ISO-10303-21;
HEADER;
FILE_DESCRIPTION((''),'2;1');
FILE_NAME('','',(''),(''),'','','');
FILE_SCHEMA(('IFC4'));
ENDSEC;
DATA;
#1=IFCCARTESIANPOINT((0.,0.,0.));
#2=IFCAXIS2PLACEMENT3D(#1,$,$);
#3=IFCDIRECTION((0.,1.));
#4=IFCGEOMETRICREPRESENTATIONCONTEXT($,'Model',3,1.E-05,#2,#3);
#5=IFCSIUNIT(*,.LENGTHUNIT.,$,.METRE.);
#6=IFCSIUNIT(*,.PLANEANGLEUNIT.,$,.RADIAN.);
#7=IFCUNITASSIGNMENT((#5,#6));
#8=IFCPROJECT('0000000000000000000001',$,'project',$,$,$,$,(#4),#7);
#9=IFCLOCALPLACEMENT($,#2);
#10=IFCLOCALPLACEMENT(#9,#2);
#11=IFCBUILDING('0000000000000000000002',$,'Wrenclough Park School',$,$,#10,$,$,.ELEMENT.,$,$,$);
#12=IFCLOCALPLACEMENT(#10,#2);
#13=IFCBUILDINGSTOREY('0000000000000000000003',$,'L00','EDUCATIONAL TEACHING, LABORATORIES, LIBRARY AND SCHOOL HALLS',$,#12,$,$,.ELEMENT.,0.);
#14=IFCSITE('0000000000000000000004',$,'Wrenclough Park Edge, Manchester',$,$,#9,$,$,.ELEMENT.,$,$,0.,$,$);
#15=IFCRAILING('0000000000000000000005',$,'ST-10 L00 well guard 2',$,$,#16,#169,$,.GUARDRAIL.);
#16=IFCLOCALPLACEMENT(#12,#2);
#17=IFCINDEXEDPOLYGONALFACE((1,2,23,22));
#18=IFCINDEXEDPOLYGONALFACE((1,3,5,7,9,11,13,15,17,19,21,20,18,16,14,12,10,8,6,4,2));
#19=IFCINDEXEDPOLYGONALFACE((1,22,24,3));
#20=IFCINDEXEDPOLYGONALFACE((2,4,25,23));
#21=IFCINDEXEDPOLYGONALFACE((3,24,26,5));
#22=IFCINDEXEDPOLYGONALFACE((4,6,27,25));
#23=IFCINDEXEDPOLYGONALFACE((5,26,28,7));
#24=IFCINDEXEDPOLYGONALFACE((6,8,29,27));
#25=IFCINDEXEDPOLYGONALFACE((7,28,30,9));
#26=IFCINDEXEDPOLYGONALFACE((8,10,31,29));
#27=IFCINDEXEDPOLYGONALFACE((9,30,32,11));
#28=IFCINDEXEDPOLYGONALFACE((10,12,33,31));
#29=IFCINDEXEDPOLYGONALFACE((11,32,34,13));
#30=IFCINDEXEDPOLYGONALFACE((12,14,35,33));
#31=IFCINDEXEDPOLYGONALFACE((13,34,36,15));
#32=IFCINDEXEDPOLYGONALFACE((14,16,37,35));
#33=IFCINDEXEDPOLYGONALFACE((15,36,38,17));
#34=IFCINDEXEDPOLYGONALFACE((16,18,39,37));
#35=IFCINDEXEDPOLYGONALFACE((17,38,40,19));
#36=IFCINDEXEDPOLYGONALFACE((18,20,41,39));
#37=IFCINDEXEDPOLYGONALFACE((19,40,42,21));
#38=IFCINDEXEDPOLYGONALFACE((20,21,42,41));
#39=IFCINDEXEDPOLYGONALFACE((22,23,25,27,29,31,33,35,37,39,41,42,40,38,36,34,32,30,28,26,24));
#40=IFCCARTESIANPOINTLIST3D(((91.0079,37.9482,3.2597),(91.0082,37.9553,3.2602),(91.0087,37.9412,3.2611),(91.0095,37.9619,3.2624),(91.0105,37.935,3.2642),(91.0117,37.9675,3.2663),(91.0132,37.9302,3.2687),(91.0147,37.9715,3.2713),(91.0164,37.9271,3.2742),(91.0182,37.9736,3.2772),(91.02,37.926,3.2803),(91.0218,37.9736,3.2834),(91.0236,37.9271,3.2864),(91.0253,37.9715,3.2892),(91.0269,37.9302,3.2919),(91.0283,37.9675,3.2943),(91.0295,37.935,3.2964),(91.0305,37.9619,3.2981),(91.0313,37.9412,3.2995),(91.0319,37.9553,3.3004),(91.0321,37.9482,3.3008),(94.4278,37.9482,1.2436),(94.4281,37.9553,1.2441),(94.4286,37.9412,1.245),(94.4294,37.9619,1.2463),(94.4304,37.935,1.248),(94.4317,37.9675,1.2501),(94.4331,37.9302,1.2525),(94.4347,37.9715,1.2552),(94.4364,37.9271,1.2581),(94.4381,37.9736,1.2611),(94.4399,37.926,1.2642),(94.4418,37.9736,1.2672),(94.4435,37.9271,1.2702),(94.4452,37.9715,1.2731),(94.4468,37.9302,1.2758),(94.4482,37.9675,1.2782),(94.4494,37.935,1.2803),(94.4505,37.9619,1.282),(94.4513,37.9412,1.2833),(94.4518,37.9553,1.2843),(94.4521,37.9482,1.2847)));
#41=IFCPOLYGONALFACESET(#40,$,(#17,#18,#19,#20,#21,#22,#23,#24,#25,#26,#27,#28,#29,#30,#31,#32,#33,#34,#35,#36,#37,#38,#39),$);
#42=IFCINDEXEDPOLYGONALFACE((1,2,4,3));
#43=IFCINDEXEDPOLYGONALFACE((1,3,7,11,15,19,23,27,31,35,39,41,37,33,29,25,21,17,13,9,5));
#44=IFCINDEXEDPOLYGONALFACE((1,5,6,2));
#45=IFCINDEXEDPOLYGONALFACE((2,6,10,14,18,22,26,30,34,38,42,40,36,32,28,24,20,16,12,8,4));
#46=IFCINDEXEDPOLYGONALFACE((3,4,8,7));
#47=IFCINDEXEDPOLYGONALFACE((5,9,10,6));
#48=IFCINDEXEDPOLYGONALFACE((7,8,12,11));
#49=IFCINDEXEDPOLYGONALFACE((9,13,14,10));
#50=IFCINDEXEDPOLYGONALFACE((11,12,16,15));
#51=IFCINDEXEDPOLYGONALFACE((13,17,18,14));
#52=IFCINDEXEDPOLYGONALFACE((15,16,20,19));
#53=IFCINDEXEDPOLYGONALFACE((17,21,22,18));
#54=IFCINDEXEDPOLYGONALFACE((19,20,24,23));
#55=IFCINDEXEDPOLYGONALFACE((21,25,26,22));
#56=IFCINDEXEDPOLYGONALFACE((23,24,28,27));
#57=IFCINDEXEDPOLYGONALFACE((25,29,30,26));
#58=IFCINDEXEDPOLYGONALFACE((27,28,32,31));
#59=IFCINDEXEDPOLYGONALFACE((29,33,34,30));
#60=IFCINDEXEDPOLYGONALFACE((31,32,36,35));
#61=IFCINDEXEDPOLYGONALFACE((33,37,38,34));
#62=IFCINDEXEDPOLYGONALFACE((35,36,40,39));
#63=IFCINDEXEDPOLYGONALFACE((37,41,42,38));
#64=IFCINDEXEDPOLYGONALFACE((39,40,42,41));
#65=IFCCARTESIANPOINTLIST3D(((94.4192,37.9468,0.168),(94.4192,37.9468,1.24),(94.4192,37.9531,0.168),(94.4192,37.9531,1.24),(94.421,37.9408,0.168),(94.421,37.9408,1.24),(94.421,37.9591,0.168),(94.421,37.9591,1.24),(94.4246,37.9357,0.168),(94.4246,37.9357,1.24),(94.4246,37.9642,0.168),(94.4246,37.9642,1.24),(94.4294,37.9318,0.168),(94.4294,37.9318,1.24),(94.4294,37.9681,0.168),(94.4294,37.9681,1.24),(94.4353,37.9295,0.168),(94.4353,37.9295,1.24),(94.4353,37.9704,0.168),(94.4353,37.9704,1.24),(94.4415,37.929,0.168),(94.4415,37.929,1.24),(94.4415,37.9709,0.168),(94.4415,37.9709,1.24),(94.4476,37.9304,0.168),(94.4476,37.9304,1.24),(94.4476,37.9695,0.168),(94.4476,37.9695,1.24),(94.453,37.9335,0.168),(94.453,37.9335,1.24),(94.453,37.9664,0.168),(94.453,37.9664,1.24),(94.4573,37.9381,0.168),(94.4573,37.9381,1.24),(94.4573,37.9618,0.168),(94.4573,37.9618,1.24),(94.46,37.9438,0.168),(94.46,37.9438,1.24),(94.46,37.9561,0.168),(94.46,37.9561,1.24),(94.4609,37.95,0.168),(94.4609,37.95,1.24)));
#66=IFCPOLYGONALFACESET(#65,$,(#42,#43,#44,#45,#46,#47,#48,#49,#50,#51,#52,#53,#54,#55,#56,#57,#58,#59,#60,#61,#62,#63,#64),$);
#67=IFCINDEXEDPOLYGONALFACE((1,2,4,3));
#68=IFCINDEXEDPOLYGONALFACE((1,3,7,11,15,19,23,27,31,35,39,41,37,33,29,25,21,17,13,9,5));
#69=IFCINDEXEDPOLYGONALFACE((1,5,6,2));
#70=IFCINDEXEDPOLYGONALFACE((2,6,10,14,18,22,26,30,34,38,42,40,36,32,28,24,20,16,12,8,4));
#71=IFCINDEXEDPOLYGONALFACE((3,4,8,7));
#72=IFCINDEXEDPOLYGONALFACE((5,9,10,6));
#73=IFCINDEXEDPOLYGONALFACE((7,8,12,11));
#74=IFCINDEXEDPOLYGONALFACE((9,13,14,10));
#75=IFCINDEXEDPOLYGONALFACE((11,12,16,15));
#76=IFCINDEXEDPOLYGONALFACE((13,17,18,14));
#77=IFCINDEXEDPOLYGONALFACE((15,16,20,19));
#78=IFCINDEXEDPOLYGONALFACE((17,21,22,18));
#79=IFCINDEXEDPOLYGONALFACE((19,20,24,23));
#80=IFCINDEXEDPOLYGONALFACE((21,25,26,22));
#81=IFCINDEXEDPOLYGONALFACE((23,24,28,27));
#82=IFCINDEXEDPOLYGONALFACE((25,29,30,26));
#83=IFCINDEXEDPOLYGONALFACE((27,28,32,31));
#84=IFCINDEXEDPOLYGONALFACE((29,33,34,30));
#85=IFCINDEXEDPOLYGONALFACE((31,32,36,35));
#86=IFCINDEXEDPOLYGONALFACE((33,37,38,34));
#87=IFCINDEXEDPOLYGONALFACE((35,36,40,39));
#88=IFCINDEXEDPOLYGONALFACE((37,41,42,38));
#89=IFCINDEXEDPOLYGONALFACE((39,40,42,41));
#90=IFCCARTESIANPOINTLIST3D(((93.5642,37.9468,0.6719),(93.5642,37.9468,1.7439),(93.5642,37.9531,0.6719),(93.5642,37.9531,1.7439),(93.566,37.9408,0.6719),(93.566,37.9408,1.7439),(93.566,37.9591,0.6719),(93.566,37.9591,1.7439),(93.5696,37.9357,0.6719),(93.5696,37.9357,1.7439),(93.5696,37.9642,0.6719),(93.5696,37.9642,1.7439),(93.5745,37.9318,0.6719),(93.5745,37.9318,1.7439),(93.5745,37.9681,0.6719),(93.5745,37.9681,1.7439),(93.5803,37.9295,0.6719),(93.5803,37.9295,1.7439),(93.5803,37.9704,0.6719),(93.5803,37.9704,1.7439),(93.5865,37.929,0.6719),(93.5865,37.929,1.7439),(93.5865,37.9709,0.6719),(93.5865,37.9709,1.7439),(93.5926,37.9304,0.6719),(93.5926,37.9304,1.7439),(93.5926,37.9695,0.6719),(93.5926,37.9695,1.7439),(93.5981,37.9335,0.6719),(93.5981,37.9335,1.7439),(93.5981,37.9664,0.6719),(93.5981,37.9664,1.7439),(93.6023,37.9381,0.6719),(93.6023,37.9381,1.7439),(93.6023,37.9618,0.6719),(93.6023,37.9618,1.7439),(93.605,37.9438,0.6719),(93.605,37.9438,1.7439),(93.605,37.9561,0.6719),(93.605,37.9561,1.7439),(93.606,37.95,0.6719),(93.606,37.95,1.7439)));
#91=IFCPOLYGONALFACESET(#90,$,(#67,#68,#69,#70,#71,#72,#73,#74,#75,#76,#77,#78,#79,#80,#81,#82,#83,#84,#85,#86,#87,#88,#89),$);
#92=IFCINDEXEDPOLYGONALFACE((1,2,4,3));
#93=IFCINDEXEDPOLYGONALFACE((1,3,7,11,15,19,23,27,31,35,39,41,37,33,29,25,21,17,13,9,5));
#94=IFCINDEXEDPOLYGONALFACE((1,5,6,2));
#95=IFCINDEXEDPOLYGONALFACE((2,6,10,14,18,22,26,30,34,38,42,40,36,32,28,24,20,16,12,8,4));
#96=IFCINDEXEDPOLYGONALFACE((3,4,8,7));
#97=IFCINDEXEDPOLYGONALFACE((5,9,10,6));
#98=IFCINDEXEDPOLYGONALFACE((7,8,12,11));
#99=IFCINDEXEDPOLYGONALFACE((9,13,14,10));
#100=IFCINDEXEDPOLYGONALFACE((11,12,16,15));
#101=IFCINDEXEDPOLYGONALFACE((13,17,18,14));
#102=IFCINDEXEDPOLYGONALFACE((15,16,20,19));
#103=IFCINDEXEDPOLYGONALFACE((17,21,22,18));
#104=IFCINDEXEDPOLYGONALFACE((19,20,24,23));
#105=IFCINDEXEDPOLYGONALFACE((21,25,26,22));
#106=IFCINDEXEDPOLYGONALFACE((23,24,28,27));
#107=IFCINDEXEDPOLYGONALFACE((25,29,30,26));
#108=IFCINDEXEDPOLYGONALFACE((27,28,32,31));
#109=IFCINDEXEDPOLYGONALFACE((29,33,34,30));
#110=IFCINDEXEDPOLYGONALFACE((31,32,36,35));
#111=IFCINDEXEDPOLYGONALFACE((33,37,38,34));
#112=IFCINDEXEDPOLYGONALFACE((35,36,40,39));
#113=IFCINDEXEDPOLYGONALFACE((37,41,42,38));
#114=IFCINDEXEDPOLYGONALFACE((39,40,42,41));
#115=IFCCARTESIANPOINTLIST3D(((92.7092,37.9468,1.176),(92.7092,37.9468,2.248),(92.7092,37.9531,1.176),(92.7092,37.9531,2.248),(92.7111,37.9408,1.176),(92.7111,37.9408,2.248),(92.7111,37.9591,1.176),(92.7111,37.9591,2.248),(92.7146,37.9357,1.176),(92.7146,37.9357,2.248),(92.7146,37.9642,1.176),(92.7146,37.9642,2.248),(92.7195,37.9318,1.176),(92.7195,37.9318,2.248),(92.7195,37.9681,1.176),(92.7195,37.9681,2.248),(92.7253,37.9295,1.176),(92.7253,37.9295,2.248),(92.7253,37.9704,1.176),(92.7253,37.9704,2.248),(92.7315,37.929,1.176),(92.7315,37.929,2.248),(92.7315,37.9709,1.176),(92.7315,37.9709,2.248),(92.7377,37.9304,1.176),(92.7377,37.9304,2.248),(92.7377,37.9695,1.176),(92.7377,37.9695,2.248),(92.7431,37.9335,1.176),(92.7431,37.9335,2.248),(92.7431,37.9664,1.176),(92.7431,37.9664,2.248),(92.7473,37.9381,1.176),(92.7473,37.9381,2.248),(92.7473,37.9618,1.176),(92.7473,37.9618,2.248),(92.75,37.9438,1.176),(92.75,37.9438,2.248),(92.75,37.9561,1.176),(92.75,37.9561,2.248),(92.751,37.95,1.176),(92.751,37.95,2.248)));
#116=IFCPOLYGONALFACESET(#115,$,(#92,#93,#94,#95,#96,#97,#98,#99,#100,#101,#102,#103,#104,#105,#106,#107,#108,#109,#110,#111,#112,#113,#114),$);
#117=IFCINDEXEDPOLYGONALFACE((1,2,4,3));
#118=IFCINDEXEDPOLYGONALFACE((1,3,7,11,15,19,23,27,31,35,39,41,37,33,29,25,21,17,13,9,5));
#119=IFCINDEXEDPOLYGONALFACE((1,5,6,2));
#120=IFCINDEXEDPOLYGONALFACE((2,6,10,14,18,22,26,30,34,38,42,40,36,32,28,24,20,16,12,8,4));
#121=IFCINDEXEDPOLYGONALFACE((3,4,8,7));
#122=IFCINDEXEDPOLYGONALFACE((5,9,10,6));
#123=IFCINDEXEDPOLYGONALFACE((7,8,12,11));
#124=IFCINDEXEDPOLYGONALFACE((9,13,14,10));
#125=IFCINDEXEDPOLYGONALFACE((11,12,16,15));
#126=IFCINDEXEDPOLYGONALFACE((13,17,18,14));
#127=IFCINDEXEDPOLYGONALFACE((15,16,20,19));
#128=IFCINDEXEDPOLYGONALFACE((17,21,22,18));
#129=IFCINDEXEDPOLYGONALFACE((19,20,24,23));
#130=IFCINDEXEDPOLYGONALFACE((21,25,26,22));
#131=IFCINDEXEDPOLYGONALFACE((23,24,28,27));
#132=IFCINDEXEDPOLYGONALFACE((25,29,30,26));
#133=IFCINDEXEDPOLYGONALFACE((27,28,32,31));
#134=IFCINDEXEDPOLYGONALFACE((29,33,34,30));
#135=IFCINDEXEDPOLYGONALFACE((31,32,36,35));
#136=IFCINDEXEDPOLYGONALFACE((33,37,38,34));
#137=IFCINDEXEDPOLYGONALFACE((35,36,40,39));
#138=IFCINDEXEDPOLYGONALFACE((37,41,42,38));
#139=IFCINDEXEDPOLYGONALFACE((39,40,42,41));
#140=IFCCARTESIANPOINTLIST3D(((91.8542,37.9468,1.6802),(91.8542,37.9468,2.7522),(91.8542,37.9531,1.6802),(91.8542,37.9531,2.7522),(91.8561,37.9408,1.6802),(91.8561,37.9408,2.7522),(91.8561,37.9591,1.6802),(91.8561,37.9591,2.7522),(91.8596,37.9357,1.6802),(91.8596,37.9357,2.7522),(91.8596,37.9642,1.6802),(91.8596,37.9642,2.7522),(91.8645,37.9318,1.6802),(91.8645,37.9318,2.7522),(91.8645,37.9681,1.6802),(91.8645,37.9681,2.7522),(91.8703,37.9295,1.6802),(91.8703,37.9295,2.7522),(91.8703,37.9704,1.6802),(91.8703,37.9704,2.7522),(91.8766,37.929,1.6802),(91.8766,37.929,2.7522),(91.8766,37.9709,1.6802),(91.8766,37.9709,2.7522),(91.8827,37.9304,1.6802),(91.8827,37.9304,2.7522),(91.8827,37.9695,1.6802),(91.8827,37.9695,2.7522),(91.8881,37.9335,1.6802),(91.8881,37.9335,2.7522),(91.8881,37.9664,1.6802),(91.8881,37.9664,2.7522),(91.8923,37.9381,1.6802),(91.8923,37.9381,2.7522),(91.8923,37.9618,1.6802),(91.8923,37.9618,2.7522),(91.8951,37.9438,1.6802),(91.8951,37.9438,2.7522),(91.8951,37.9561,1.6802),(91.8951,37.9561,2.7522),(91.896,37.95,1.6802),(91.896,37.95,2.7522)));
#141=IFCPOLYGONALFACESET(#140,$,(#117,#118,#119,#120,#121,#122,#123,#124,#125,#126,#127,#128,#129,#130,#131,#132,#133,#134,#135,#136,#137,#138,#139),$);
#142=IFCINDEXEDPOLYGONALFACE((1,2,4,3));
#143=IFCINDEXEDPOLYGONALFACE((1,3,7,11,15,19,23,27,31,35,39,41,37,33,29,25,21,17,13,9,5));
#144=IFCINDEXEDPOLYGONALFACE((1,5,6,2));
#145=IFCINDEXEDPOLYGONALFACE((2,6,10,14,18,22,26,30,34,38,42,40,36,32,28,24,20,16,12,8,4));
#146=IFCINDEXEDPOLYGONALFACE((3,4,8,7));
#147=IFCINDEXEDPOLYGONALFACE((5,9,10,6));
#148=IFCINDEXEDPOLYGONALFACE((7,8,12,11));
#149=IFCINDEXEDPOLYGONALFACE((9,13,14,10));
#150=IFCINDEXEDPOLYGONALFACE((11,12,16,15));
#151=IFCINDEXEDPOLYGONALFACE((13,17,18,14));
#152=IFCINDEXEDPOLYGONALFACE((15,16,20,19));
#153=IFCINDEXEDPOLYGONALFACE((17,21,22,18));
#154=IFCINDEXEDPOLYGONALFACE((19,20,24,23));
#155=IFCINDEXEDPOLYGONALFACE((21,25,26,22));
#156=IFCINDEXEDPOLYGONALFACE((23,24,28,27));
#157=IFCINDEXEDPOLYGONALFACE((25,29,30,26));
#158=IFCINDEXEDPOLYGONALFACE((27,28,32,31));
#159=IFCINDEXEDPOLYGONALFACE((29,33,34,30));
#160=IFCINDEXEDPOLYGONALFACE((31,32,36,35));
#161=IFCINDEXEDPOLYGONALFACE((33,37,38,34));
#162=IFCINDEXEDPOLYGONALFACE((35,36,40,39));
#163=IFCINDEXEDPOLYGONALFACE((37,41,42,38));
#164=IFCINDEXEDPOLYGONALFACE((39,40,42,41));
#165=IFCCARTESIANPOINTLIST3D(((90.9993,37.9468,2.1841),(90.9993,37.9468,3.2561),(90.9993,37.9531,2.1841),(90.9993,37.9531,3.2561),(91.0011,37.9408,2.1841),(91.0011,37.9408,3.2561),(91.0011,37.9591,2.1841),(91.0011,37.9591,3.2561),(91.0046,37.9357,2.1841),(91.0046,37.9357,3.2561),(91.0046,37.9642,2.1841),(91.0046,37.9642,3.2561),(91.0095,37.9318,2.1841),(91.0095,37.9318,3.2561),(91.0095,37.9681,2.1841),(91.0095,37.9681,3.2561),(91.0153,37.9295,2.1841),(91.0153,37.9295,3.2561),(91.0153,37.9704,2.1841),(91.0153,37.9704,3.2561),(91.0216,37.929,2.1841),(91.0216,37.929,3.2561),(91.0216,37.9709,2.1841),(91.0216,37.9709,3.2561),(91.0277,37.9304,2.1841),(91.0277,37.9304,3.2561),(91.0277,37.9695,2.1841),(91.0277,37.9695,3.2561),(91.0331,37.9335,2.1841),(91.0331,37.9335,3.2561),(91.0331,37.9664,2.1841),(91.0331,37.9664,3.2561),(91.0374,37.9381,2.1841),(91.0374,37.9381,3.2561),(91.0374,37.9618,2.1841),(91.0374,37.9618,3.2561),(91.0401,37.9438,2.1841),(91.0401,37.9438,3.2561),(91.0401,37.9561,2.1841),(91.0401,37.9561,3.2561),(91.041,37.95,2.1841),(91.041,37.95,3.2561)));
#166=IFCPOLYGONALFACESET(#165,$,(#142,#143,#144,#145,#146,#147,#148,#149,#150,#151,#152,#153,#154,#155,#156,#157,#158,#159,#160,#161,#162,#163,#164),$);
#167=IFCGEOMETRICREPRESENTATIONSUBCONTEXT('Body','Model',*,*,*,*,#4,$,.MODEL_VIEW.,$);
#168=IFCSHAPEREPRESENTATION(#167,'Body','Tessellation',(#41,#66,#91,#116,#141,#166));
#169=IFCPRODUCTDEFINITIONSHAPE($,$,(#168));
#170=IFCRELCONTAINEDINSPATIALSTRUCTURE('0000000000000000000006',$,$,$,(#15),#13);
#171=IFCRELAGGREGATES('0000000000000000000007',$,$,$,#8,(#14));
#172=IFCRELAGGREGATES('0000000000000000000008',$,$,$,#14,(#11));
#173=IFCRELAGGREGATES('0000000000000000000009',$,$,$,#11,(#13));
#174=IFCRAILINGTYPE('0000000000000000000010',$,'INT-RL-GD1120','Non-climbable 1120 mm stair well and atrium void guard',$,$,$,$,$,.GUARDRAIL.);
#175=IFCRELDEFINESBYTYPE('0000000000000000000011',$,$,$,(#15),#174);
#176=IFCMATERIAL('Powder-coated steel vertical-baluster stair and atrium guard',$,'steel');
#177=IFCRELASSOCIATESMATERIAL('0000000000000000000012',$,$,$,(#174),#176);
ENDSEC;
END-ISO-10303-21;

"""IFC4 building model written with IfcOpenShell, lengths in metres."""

from ifc_helpers import new_model, si_unit, direction, frame, origin, origin_2d, place, context, subcontext, project, spatial, circle, extrude, material, type_object, element, save


model = new_model("IFC4")

# Units and contexts
model_context = context("Model", 3, precision=1e-05, world=origin(), true_north=direction((0.0, 1.0)))
body_context = subcontext(model_context, "Body", "Model", "MODEL_VIEW")
ifc_project = project(units=[si_unit("LENGTHUNIT", "METRE"), si_unit("PLANEANGLEUNIT", "RADIAN")], contexts=[model_context])

# Site, building, storey
site_placement = place(None, origin())
site = spatial("IfcSite", under=ifc_project, at=site_placement, Name="Wrenclough Park Edge, Manchester", CompositionType="ELEMENT", RefElevation=0.0)
building_placement = place(site_placement, origin())
building = spatial("IfcBuilding", under=site, at=building_placement, Name="Wrenclough Park School", CompositionType="ELEMENT")
storey_placement = place(building_placement, origin())
storey = spatial("IfcBuildingStorey", under=building, at=storey_placement, Name="L00", Description="EDUCATIONAL TEACHING, LABORATORIES, LIBRARY AND SCHOOL HALLS", CompositionType="ELEMENT", Elevation=0.0)

# Railing
ifc_material_1 = material(Name="Powder-coated steel vertical-baluster stair and atrium guard", Category="steel")
railing_type_1 = type_object("IfcRailingType", Name="INT-RL-GD1120", Description="Non-climbable 1120 mm stair well and atrium void guard", PredefinedType="GUARDRAIL", material=ifc_material_1)
railing_1_placement = place(storey_placement, frame((94.4399, 37.95, 0.168)))
element("IfcRailing", 1, at=railing_1_placement, inside=storey, type_object=railing_type_1, Name="ST-10 L00 well guard 2", PredefinedType="GUARDRAIL", context=body_context, shape_type="SweptSolid", body=[
    extrude(circle(Radius=0.0239, at=origin_2d()), frame((0.0, 0.0, 1.0962), z_axis=(-0.86145, 0.0, 0.507842), x_axis=(0.0, -1.0, 0.0)), (0.0, 0.0, 1.0), 3.97),
    extrude(circle(Radius=0.021, at=origin_2d()), origin(), (0.0, 0.0, 1.0), 1.072),
    extrude(circle(Radius=0.021, at=origin_2d()), frame((-0.855, 0.0, 0.5039)), (0.0, 0.0, 1.0), 1.072),
    extrude(circle(Radius=0.021, at=origin_2d()), frame((-1.71, 0.0, 1.0081)), (0.0, 0.0, 1.0), 1.072),
    extrude(circle(Radius=0.021, at=origin_2d()), frame((-2.5649, 0.0, 1.5122)), (0.0, 0.0, 1.0), 1.072),
    extrude(circle(Radius=0.021, at=origin_2d()), frame((-3.4199, 0.0, 2.0161)), (0.0, 0.0, 1.0), 1.072),
])

save(model, "model.ifc")
